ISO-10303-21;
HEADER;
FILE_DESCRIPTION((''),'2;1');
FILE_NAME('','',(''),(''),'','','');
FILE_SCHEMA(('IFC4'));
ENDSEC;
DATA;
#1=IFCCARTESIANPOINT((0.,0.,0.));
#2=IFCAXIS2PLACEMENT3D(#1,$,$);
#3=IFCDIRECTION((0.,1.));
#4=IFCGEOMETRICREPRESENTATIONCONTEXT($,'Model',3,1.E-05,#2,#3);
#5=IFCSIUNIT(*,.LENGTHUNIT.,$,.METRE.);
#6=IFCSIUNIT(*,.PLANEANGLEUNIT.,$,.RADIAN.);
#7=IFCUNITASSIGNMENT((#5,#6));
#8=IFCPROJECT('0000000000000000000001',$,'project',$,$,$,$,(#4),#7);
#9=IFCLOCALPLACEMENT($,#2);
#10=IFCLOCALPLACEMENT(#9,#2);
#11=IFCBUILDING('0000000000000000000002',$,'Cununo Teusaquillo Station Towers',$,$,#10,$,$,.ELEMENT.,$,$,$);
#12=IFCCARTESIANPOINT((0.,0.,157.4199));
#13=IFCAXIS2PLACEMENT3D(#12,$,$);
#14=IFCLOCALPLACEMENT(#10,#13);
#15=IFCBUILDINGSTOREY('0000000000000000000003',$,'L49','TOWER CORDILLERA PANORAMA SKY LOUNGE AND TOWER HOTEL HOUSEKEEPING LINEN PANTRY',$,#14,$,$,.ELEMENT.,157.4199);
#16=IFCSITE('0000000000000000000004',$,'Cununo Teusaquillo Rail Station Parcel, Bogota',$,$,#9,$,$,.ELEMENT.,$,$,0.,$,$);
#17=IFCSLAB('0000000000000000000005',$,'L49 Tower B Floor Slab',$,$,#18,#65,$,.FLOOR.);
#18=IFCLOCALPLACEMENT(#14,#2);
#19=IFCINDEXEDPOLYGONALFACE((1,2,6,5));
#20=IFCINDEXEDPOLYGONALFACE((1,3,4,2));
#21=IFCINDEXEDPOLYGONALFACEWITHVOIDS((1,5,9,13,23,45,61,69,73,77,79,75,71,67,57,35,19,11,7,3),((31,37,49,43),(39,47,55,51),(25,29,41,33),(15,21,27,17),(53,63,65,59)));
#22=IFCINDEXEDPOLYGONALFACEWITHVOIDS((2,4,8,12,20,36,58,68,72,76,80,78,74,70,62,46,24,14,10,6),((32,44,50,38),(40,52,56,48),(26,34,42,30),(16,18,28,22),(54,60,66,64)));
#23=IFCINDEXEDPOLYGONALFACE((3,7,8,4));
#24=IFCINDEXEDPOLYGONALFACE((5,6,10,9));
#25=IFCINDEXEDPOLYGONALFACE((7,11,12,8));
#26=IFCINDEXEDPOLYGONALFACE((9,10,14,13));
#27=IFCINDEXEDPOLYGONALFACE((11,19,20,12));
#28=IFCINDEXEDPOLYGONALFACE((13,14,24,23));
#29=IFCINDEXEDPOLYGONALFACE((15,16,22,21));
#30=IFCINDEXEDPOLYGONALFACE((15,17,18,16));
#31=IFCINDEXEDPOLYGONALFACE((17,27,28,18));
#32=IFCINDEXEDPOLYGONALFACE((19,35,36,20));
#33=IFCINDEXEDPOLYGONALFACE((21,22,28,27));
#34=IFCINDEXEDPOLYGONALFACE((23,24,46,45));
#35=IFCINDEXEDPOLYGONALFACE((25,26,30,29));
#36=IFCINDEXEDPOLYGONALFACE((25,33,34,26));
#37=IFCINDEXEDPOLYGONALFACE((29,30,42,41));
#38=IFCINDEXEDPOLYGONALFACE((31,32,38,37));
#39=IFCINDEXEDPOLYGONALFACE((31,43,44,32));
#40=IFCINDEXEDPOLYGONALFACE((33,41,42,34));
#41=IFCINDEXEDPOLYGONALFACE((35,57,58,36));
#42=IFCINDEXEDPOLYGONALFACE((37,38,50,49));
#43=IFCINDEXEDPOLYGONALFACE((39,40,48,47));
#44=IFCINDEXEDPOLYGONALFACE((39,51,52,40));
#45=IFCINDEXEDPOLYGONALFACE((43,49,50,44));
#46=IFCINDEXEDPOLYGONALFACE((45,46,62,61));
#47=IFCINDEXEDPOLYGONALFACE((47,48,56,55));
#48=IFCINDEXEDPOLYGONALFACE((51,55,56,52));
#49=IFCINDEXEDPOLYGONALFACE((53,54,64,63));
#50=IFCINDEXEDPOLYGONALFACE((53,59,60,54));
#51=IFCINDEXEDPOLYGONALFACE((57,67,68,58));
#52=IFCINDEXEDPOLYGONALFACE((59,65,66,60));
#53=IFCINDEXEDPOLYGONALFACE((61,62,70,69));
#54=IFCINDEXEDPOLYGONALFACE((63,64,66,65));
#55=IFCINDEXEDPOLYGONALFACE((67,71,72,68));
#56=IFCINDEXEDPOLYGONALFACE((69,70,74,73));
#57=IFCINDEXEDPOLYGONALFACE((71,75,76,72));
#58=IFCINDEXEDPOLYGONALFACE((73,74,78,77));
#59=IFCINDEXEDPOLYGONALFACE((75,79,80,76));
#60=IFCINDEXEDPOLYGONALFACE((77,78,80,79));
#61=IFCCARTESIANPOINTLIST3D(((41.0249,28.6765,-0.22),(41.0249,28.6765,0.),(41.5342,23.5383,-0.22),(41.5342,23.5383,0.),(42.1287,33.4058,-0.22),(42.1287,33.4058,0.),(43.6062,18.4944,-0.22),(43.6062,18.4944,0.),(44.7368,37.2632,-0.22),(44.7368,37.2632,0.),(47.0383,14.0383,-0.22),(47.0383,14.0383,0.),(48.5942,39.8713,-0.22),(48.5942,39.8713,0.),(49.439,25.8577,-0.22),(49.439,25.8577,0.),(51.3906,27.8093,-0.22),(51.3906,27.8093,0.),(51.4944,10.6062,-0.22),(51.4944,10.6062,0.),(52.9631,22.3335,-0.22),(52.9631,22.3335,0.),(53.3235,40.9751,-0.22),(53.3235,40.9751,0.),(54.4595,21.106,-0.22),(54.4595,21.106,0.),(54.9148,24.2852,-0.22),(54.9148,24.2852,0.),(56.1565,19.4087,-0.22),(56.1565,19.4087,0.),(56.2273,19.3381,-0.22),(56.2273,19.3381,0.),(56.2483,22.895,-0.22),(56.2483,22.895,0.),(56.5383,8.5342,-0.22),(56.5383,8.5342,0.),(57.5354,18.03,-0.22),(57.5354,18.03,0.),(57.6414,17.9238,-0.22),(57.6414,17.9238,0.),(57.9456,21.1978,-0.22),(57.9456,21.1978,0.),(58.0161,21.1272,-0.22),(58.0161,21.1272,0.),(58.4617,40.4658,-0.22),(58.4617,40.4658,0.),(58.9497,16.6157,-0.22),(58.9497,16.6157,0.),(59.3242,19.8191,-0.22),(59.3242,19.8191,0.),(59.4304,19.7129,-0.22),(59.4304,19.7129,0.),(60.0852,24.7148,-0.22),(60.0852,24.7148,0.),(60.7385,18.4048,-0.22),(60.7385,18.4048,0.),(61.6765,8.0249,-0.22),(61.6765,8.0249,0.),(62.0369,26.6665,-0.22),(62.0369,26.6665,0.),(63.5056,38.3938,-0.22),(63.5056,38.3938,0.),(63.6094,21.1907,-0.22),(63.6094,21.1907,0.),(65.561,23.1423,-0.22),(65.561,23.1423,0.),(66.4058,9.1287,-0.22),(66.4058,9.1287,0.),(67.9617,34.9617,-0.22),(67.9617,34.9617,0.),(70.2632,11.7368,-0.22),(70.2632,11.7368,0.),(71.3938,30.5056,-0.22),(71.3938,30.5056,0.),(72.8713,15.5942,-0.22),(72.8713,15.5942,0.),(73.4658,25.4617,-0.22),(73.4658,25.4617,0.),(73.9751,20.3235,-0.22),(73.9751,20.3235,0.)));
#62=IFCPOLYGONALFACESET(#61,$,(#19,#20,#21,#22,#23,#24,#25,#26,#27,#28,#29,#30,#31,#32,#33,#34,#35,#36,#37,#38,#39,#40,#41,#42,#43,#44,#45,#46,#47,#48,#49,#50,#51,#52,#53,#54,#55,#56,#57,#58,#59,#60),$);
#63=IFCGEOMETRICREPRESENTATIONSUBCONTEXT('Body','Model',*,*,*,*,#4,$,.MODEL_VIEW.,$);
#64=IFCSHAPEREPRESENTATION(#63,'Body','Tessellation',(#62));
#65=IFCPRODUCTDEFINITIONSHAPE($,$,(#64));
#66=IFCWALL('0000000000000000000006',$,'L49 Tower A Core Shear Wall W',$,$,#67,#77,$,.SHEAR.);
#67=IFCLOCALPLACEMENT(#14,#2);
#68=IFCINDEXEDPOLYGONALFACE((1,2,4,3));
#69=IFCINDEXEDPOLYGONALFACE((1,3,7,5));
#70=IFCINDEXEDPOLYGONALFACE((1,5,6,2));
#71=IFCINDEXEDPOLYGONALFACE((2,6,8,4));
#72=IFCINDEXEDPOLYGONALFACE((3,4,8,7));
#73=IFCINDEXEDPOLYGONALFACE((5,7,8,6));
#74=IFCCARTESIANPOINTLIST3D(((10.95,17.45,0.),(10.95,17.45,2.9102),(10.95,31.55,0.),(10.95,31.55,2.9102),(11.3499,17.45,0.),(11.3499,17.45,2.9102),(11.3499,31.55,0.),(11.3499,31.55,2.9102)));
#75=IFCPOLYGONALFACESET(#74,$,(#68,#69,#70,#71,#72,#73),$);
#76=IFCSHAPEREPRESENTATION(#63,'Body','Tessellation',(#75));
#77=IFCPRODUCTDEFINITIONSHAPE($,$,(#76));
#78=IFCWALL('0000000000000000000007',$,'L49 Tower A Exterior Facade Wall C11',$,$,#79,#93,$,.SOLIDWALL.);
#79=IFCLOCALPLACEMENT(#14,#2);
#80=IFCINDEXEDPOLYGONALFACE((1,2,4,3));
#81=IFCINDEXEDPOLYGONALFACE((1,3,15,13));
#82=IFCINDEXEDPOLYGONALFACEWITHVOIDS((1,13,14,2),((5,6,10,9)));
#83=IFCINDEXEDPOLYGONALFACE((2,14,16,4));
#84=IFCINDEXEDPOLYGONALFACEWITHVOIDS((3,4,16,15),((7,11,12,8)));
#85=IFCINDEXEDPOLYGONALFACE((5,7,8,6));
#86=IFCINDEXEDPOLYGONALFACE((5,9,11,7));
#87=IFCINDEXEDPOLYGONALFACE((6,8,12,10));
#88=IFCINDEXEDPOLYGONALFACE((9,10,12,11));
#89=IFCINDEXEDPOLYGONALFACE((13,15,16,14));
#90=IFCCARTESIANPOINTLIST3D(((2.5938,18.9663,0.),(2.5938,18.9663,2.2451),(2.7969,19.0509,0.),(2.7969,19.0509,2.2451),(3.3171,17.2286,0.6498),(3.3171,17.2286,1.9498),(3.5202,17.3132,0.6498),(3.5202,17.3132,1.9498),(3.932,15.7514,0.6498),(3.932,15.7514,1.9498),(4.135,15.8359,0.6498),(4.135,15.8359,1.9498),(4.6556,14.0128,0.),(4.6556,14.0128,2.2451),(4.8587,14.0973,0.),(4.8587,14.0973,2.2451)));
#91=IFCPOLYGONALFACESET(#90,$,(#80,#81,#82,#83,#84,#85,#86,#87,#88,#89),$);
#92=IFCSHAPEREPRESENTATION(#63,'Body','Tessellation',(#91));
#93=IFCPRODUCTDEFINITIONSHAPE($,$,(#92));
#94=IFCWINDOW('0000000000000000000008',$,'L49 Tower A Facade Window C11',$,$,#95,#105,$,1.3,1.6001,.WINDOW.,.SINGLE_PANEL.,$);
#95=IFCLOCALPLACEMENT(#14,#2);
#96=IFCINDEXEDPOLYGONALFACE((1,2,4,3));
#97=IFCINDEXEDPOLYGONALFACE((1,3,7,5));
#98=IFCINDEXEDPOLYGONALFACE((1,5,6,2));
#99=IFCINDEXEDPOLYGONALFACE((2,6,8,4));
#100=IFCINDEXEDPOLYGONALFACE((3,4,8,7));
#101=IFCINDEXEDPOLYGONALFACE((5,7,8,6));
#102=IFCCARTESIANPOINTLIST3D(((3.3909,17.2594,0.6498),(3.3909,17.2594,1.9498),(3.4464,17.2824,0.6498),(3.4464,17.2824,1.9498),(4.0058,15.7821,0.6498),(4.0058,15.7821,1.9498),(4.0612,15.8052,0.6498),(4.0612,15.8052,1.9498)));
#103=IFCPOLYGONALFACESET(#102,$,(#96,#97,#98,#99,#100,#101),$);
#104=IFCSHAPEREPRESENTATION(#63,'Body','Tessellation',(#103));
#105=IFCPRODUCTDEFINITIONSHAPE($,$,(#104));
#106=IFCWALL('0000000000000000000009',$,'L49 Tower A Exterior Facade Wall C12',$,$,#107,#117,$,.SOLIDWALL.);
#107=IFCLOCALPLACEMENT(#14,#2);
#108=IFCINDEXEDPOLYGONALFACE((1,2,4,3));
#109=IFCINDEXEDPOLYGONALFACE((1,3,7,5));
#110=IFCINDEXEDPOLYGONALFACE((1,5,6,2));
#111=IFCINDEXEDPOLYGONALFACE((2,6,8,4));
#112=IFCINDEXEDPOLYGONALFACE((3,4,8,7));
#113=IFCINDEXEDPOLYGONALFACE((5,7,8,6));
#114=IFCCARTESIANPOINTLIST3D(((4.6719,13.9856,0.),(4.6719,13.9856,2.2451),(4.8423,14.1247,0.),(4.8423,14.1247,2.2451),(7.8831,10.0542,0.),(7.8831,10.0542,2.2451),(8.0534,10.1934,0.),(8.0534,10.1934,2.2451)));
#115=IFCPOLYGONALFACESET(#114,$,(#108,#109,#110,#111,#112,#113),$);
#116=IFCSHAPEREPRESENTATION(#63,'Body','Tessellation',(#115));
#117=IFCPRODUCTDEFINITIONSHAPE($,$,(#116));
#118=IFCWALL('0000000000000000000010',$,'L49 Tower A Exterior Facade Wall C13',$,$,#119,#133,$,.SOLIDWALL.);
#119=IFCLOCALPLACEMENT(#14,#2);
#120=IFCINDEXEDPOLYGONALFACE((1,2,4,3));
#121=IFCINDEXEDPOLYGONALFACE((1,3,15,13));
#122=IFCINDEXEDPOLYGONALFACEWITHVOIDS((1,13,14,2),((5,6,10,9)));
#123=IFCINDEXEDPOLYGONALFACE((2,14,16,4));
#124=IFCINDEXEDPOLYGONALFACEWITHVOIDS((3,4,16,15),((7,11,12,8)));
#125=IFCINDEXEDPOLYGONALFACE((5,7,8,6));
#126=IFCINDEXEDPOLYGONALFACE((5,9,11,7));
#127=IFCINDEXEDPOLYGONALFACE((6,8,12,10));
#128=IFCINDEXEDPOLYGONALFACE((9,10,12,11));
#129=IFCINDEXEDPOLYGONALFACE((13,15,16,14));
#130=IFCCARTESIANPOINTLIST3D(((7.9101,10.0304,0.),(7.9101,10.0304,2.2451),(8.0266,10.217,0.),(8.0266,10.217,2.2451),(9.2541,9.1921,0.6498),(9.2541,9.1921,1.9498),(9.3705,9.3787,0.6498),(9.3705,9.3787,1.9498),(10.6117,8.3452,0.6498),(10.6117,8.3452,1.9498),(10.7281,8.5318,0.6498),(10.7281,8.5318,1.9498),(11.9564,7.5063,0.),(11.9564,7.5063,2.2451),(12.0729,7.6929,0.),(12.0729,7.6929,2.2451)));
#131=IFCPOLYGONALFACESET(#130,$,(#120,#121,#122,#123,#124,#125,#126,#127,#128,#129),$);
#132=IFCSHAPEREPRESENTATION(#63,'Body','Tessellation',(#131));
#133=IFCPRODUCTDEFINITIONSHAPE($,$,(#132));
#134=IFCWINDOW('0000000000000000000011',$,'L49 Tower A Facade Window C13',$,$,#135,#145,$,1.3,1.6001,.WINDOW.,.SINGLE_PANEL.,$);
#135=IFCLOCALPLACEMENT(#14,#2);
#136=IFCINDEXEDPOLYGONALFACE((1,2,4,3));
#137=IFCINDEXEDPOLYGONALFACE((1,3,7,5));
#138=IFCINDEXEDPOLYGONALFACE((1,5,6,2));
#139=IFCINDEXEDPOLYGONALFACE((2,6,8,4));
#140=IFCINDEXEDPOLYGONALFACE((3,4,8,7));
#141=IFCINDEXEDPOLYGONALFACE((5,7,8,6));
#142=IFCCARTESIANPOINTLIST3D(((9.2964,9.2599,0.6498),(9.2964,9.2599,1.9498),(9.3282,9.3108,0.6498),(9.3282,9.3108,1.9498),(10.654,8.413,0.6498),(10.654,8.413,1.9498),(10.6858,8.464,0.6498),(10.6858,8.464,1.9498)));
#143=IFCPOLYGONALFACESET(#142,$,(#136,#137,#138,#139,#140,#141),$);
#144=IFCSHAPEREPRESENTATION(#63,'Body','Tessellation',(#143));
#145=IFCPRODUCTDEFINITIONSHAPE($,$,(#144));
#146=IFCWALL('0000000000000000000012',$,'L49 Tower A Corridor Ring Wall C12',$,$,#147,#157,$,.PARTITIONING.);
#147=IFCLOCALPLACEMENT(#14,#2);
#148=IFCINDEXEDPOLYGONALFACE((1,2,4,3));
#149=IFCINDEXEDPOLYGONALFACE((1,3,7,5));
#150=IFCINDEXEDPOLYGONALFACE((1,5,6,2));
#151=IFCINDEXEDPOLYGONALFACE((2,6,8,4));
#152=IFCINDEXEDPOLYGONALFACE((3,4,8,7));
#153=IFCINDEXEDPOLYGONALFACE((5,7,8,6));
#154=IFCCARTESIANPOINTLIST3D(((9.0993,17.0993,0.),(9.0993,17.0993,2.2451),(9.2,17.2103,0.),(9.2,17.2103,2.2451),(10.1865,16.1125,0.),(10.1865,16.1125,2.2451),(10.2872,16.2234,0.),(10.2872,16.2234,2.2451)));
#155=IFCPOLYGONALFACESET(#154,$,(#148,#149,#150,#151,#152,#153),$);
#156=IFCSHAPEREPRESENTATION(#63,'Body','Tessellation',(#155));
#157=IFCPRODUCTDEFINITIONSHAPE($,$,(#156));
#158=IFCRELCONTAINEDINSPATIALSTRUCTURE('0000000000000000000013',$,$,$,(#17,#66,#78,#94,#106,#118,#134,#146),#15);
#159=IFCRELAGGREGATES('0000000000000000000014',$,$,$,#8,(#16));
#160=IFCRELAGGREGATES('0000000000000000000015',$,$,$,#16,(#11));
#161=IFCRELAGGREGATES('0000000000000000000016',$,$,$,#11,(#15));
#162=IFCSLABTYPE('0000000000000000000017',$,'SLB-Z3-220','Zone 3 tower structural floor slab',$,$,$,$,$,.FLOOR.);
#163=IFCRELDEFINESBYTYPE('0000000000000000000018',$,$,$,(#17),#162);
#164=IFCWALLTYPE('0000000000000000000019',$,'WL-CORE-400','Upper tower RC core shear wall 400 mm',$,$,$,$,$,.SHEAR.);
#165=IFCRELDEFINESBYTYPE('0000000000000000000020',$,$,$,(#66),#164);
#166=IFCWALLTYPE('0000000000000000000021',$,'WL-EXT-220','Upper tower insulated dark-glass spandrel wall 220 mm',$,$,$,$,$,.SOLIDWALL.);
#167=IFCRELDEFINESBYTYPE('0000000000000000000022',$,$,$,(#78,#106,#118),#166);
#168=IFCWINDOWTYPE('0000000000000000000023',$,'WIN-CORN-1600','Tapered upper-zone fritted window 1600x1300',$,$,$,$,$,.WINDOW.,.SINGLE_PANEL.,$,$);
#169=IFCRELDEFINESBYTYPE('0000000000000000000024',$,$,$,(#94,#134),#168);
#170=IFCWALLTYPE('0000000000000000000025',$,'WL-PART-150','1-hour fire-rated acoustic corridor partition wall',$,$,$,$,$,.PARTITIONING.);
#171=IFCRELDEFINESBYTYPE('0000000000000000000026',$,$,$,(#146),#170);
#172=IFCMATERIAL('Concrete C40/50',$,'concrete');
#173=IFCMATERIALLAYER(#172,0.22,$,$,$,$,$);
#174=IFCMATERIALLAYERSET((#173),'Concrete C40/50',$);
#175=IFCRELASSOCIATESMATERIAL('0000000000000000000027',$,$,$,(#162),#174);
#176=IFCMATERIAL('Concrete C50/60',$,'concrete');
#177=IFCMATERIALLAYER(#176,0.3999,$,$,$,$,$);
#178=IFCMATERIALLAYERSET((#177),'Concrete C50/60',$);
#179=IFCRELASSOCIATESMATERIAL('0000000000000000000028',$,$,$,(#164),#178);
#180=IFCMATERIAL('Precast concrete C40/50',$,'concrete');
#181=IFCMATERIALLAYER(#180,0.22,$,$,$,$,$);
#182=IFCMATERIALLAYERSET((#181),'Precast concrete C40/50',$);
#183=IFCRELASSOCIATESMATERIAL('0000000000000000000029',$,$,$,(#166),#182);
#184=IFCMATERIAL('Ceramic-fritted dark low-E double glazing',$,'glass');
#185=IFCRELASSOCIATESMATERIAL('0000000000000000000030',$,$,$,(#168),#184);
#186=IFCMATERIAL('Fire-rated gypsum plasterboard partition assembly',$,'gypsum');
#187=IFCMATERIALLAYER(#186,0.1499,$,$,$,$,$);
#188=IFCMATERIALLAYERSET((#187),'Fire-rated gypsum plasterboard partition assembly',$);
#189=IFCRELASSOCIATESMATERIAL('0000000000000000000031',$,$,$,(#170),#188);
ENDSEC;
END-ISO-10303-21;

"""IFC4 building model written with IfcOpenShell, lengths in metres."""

from ifc_helpers import new_model, si_unit, direction, frame, frame_2d, origin, place, context, subcontext, project, spatial, polyline, rectangle, outline, extrude, source, transform, mapped, material, layer, layer_set, type_object, element, fill, save


model = new_model("IFC4")

# Units and contexts
model_context = context("Model", 3, precision=1e-05, world=origin(), true_north=direction((0.0, 1.0)))
body_context = subcontext(model_context, "Body", "Model", "MODEL_VIEW")
ifc_project = project(units=[si_unit("LENGTHUNIT", "METRE"), si_unit("PLANEANGLEUNIT", "RADIAN")], contexts=[model_context])

# Site, building, storey
site_placement = place(None, origin())
site = spatial("IfcSite", under=ifc_project, at=site_placement, Name="Cununo Teusaquillo Rail Station Parcel, Bogota", CompositionType="ELEMENT", RefElevation=0.0)
building_placement = place(site_placement, origin())
building = spatial("IfcBuilding", under=site, at=building_placement, Name="Cununo Teusaquillo Station Towers", CompositionType="ELEMENT")
storey_placement = place(building_placement, frame((0.0, 0.0, 157.4199)))
storey = spatial("IfcBuildingStorey", under=building, at=storey_placement, Name="L49", Description="TOWER CORDILLERA PANORAMA SKY LOUNGE AND TOWER HOTEL HOUSEKEEPING LINEN PANTRY", CompositionType="ELEMENT", Elevation=157.4199)

# Slab
ifc_material_1 = material(Name="Concrete C40/50", Category="concrete")
ifc_layer_1 = layer(ifc_material_1, 0.22)
ifc_layer_set_1 = layer_set([ifc_layer_1], Name="Concrete C40/50")
slab_type_1 = type_object("IfcSlabType", Name="SLB-Z3-220", Description="Zone 3 tower structural floor slab", PredefinedType="FLOOR", material=ifc_layer_set_1)
slab_1_placement = place(storey_placement, frame((0.0, 0.0, -0.22)))
element("IfcSlab", 1, at=slab_1_placement, inside=storey, type_object=slab_type_1, Name="L49 Tower B Floor Slab", PredefinedType="FLOOR", context=body_context, shape_type="SweptSolid", body=[
    extrude(outline(polyline([(67.9617, 34.9617), (63.5056, 38.3938), (58.4617, 40.4658), (53.3235, 40.9751), (48.5942, 39.8713), (44.7368, 37.2632), (42.1287, 33.4058), (41.0249, 28.6765), (41.5342, 23.5383), (43.6062, 18.4944), (47.0383, 14.0383), (51.4944, 10.6062), (56.5383, 8.5342), (61.6765, 8.0249), (66.4058, 9.1287), (70.2632, 11.7368), (72.8713, 15.5942), (73.9751, 20.3235), (73.4658, 25.4617), (71.3938, 30.5056), (67.9617, 34.9617)]), holes=[polyline([(54.9148, 24.2852), (51.3906, 27.8093), (49.439, 25.8577), (52.9631, 22.3335), (54.9148, 24.2852)]), polyline([(60.0852, 24.7148), (63.6094, 21.1907), (65.561, 23.1423), (62.0369, 26.6665), (60.0852, 24.7148)]), polyline([(56.1565, 19.4087), (57.9456, 21.1978), (56.2483, 22.895), (54.4595, 21.106), (56.1565, 19.4087)]), polyline([(58.9497, 16.6157), (60.7385, 18.4048), (59.4304, 19.7129), (57.6414, 17.9238), (58.9497, 16.6157)]), polyline([(57.5354, 18.03), (59.3242, 19.8191), (58.0161, 21.1272), (56.2273, 19.3381), (57.5354, 18.03)])]), origin(), (0.0, 0.0, 1.0), 0.22),
])

# Wall
ifc_material_2 = material(Name="Concrete C50/60", Category="concrete")
ifc_layer_2 = layer(ifc_material_2, 0.3999)
ifc_layer_set_2 = layer_set([ifc_layer_2], Name="Concrete C50/60")
wall_type_1 = type_object("IfcWallType", Name="WL-CORE-400", Description="Upper tower RC core shear wall 400 mm", PredefinedType="SHEAR", material=ifc_layer_set_2)
wall_1_placement = place(storey_placement, frame((11.1499, 17.45, 0.0), z_axis=(0.0, 0.0, 1.0), x_axis=(0.0, 1.0, 0.0)))
element("IfcWall", 2, at=wall_1_placement, inside=storey, type_object=wall_type_1, Name="L49 Tower A Core Shear Wall W", PredefinedType="SHEAR", context=body_context, shape_type="SweptSolid", body=[
    extrude(rectangle(XDim=14.1001, YDim=0.3999, at=frame_2d((7.05, 0.0))), origin(), (0.0, 0.0, 1.0), 2.9102),
])

# Wall, opening, window
ifc_material_3 = material(Name="Precast concrete C40/50", Category="concrete")
ifc_layer_3 = layer(ifc_material_3, 0.22)
ifc_layer_set_3 = layer_set([ifc_layer_3], Name="Precast concrete C40/50")
wall_type_2 = type_object("IfcWallType", Name="WL-EXT-220", Description="Upper tower insulated dark-glass spandrel wall 220 mm", PredefinedType="SOLIDWALL", material=ifc_layer_set_3)
wall_2_placement = place(storey_placement, frame((4.7571, 14.0552, 0.0), z_axis=(0.0, 0.0, 1.0), x_axis=(-0.38426, 0.923225, 0.0)))
wall_2 = element("IfcWall", 3, at=wall_2_placement, inside=storey, type_object=wall_type_2, Name="L49 Tower A Exterior Facade Wall C11", PredefinedType="SOLIDWALL", context=body_context, shape_type="SweptSolid", body=[
    extrude(rectangle(XDim=5.3655, YDim=0.22, at=frame_2d((2.6826, 0.0))), origin(), (0.0, 0.0, 1.0), 2.2451),
])
shared_shape_1 = source(origin(), body_context, "Body", "SweptSolid", [
    extrude(rectangle(XDim=1.6001, YDim=1.3, at=frame_2d((0.8, 0.6499))), frame((0.0, 0.1199, 0.0), z_axis=(0.0, -1.0, 0.0), x_axis=(1.0, 0.0, 0.0)), (0.0, 0.0, 1.0), 0.24),
])
opening_1_placement = place(wall_2_placement, frame((1.8831, 0.0, 0.6499)))
opening_1 = element("IfcOpeningElement", 4, at=opening_1_placement, cuts=wall_2, PredefinedType="OPENING", context=body_context, shape_type="MappedRepresentation", body=[
    mapped(shared_shape_1, transform((0.0, 0.0, 0.0), x_axis=(1.0, 0.0, 0.0), y_axis=(0.0, 1.0, 0.0), z_axis=(0.0, 0.0, 1.0), scale=1.0)),
])
ifc_material_4 = material(Name="Ceramic-fritted dark low-E double glazing", Category="glass")
window_type = type_object("IfcWindowType", Name="WIN-CORN-1600", Description="Tapered upper-zone fritted window 1600x1300", PartitioningType="SINGLE_PANEL", PredefinedType="WINDOW", material=ifc_material_4)
shared_shape_2 = source(origin(), body_context, "Body", "SweptSolid", [
    extrude(rectangle(XDim=1.6001, YDim=1.3, at=frame_2d((0.8, 0.6499))), frame((0.0, 0.03, 0.0), z_axis=(0.0, -1.0, 0.0), x_axis=(1.0, 0.0, 0.0)), (0.0, 0.0, 1.0), 0.0601),
])
window_1_placement = place(opening_1_placement, origin())
window_1 = element("IfcWindow", 5, at=window_1_placement, inside=storey, type_object=window_type, Name="L49 Tower A Facade Window C11", OverallHeight=1.3, OverallWidth=1.6001, PartitioningType="SINGLE_PANEL", PredefinedType="WINDOW", context=body_context, shape_type="MappedRepresentation", body=[
    mapped(shared_shape_2, transform((0.0, 0.0, 0.0), x_axis=(1.0, 0.0, 0.0), y_axis=(0.0, 1.0, 0.0), z_axis=(0.0, 0.0, 1.0), scale=1.0)),
])
fill(opening_1, window_1)

# Wall
wall_3_placement = place(storey_placement, frame((7.9683, 10.1238, 0.0), z_axis=(0.0, 0.0, 1.0), x_axis=(-0.632599, 0.77448, 0.0)))
element("IfcWall", 6, at=wall_3_placement, inside=storey, type_object=wall_type_2, Name="L49 Tower A Exterior Facade Wall C12", PredefinedType="SOLIDWALL", context=body_context, shape_type="SweptSolid", body=[
    extrude(rectangle(XDim=5.0762, YDim=0.22, at=frame_2d((2.5381, 0.0))), origin(), (0.0, 0.0, 1.0), 2.2451),
])

# Wall, opening, window
wall_4_placement = place(storey_placement, frame((12.0146, 7.5996, 0.0), z_axis=(0.0, 0.0, 1.0), x_axis=(-0.848452, 0.529272, 0.0)))
wall_4 = element("IfcWall", 7, at=wall_4_placement, inside=storey, type_object=wall_type_2, Name="L49 Tower A Exterior Facade Wall C13", PredefinedType="SOLIDWALL", context=body_context, shape_type="SweptSolid", body=[
    extrude(rectangle(XDim=4.769, YDim=0.22, at=frame_2d((2.3845, 0.0))), origin(), (0.0, 0.0, 1.0), 2.2451),
])
opening_2_placement = place(wall_4_placement, frame((1.585, 0.0, 0.6499)))
opening_2 = element("IfcOpeningElement", 8, at=opening_2_placement, cuts=wall_4, PredefinedType="OPENING", context=body_context, shape_type="MappedRepresentation", body=[
    mapped(shared_shape_1, transform((0.0, 0.0, 0.0), x_axis=(1.0, 0.0, 0.0), y_axis=(0.0, 1.0, 0.0), z_axis=(0.0, 0.0, 1.0), scale=1.0)),
])
window_2_placement = place(opening_2_placement, origin())
window_2 = element("IfcWindow", 9, at=window_2_placement, inside=storey, type_object=window_type, Name="L49 Tower A Facade Window C13", OverallHeight=1.3, OverallWidth=1.6001, PartitioningType="SINGLE_PANEL", PredefinedType="WINDOW", context=body_context, shape_type="MappedRepresentation", body=[
    mapped(shared_shape_2, transform((0.0, 0.0, 0.0), x_axis=(1.0, 0.0, 0.0), y_axis=(0.0, 1.0, 0.0), z_axis=(0.0, 0.0, 1.0), scale=1.0)),
])
fill(opening_2, window_2)

# Wall
ifc_material_5 = material(Name="Fire-rated gypsum plasterboard partition assembly", Category="gypsum")
ifc_layer_4 = layer(ifc_material_5, 0.1499)
ifc_layer_set_4 = layer_set([ifc_layer_4], Name="Fire-rated gypsum plasterboard partition assembly")
wall_type_3 = type_object("IfcWallType", Name="WL-PART-150", Description="1-hour fire-rated acoustic corridor partition wall", PredefinedType="PARTITIONING", material=ifc_layer_set_4)
wall_5_placement = place(storey_placement, frame((9.1497, 17.1548, 0.0), z_axis=(0.0, 0.0, 1.0), x_axis=(0.740451, -0.67211, 0.0)))
element("IfcWall", 10, at=wall_5_placement, inside=storey, type_object=wall_type_3, Name="L49 Tower A Corridor Ring Wall C12", PredefinedType="PARTITIONING", context=body_context, shape_type="SweptSolid", body=[
    extrude(rectangle(XDim=1.4683, YDim=0.1499, at=frame_2d((0.7341, 0.0))), origin(), (0.0, 0.0, 1.0), 2.2451),
])

save(model, "model.ifc")
